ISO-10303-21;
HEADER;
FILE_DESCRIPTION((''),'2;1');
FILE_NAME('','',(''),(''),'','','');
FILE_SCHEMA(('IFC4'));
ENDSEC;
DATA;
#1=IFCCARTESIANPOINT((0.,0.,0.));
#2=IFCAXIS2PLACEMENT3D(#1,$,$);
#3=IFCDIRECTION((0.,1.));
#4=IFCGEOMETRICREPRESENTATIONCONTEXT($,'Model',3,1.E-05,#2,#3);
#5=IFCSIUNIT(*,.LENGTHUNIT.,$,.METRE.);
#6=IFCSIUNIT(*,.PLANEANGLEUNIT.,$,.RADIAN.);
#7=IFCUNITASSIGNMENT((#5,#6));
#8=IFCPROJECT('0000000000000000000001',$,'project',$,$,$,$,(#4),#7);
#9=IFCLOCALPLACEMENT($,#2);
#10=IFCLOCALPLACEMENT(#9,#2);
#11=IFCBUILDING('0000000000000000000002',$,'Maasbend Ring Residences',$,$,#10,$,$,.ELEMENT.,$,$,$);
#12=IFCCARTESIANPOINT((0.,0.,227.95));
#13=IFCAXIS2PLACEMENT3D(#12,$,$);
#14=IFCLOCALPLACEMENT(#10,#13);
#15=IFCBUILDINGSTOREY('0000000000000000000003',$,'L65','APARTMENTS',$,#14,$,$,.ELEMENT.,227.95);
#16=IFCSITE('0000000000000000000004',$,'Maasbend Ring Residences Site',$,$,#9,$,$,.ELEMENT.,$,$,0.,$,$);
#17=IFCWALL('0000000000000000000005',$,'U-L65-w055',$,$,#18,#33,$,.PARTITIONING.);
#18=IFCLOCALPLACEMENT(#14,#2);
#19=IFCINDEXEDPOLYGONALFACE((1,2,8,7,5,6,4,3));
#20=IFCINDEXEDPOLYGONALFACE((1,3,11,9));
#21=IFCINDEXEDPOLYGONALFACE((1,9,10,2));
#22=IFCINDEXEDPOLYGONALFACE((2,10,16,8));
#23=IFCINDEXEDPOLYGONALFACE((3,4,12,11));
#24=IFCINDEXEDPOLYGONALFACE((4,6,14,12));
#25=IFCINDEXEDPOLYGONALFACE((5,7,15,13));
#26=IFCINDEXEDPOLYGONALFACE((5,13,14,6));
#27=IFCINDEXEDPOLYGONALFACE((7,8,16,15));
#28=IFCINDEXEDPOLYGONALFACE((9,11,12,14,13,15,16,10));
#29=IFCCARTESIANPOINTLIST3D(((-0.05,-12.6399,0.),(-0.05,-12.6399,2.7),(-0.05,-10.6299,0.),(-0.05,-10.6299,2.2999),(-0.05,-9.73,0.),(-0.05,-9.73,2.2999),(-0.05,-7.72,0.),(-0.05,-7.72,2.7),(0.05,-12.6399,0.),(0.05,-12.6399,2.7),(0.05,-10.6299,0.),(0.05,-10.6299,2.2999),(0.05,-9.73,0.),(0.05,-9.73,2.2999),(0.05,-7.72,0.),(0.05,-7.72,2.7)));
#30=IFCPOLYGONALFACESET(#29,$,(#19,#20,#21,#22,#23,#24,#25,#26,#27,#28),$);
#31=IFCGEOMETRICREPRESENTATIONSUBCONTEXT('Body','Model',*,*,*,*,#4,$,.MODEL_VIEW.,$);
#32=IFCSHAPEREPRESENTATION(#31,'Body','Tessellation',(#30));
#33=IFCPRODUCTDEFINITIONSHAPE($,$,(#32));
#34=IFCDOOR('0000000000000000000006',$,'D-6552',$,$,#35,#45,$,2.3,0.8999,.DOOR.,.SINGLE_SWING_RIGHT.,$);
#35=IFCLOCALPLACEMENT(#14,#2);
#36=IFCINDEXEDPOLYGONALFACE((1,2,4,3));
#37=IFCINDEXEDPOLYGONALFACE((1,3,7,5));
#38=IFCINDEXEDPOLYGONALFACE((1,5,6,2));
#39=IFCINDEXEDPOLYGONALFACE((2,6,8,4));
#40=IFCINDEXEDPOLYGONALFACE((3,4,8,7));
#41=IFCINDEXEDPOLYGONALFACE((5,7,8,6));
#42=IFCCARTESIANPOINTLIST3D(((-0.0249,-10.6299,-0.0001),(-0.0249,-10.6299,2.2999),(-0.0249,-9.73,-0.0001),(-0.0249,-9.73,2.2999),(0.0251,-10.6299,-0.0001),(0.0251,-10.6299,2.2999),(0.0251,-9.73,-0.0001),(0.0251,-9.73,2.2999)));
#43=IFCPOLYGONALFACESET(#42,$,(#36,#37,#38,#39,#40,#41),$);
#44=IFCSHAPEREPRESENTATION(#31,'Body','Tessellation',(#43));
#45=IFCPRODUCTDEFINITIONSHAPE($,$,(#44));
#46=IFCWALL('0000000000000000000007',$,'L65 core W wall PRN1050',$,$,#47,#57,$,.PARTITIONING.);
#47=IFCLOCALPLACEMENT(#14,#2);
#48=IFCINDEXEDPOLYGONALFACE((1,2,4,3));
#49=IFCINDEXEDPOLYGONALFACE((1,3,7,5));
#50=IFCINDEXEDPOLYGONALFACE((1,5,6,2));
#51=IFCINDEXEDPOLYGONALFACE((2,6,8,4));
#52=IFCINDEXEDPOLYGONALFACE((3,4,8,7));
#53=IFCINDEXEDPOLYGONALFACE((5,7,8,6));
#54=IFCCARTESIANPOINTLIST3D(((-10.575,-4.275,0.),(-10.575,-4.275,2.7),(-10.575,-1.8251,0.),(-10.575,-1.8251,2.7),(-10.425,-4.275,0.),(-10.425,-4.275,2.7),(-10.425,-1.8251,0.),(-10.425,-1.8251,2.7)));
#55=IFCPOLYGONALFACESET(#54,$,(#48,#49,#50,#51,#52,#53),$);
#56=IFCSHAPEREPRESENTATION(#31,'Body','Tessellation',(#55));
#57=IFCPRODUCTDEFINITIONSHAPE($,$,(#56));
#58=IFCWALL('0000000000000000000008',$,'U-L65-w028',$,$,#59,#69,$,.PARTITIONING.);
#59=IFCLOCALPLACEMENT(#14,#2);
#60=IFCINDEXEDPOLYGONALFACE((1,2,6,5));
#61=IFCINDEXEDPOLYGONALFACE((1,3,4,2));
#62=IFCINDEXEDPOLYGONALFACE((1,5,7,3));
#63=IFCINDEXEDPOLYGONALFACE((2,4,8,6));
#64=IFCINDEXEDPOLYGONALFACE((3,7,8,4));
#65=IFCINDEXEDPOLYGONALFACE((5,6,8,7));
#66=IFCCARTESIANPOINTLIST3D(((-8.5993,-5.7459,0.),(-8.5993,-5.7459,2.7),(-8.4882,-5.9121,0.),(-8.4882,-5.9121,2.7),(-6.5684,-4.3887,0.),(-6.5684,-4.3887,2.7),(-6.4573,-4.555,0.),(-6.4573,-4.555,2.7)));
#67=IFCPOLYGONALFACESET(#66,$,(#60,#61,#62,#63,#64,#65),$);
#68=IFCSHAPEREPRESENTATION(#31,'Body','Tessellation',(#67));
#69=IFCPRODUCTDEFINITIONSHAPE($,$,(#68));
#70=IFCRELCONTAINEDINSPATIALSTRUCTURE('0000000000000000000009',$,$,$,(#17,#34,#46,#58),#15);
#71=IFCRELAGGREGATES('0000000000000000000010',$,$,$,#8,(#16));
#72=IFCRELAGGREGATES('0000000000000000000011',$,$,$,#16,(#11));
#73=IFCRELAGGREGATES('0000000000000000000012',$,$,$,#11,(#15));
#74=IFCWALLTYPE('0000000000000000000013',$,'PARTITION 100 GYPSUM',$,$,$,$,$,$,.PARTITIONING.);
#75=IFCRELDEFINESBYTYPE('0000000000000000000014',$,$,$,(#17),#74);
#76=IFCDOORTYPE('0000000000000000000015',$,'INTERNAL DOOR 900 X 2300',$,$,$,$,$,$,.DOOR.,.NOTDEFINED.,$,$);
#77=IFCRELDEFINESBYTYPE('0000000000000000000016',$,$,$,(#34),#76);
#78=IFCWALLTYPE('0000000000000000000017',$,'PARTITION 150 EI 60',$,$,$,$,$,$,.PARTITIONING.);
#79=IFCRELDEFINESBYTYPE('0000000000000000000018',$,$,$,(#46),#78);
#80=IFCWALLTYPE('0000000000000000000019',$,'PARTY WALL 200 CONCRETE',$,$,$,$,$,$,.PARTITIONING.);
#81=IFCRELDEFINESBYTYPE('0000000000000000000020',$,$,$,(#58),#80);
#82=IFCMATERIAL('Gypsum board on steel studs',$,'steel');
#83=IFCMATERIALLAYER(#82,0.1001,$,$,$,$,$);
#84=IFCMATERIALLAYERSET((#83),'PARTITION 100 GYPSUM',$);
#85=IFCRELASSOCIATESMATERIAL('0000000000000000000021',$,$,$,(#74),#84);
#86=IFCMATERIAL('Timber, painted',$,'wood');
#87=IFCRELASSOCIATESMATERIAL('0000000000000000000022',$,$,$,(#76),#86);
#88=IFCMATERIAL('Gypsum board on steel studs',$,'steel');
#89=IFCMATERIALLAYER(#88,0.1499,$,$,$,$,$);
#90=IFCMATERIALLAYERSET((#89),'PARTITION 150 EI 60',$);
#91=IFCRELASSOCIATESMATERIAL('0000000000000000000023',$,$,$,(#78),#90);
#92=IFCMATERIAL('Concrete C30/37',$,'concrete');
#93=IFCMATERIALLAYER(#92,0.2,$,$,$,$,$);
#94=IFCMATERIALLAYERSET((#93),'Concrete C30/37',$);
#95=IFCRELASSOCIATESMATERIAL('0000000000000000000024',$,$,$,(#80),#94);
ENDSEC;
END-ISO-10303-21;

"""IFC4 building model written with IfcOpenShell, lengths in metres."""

from ifc_helpers import new_model, si_unit, direction, frame, frame_2d, origin, place, context, subcontext, project, spatial, rectangle, extrude, material, layer, layer_set, type_object, element, fill, save


model = new_model("IFC4")

# Units and contexts
model_context = context("Model", 3, precision=1e-05, world=origin(), true_north=direction((0.0, 1.0)))
body_context = subcontext(model_context, "Body", "Model", "MODEL_VIEW")
ifc_project = project(units=[si_unit("LENGTHUNIT", "METRE"), si_unit("PLANEANGLEUNIT", "RADIAN")], contexts=[model_context])

# Site, building, storey
site_placement = place(None, origin())
site = spatial("IfcSite", under=ifc_project, at=site_placement, Name="Maasbend Ring Residences Site", CompositionType="ELEMENT", RefElevation=0.0)
building_placement = place(site_placement, origin())
building = spatial("IfcBuilding", under=site, at=building_placement, Name="Maasbend Ring Residences", CompositionType="ELEMENT")
storey_placement = place(building_placement, frame((0.0, 0.0, 227.95)))
storey = spatial("IfcBuildingStorey", under=building, at=storey_placement, Name="L65", Description="APARTMENTS", CompositionType="ELEMENT", Elevation=227.95)

# Shared definitions
ifc_material_1 = material(Name="Gypsum board on steel studs", Category="steel")
ifc_layer_1 = layer(ifc_material_1, 0.1001)
ifc_layer_set_1 = layer_set([ifc_layer_1], Name="PARTITION 100 GYPSUM")
wall_type_1 = type_object("IfcWallType", Name="PARTITION 100 GYPSUM", PredefinedType="PARTITIONING", material=ifc_layer_set_1)

# Wall, opening, door
wall_1_placement = place(storey_placement, frame((0.0, -12.6399, 0.0), z_axis=(0.0, 0.0, 1.0), x_axis=(0.0, 1.0, 0.0)))
wall_1 = element("IfcWall", 1, at=wall_1_placement, inside=storey, type_object=wall_type_1, Name="U-L65-w055", PredefinedType="PARTITIONING", context=body_context, shape_type="SweptSolid", body=[
    extrude(rectangle(XDim=4.9199, YDim=0.1001, at=frame_2d((2.46, 0.0))), origin(), (0.0, 0.0, 1.0), 2.7),
])
opening_1_placement = place(wall_1_placement, frame((2.01, 0.0, 0.0)))
opening_1 = element("IfcOpeningElement", 2, at=opening_1_placement, cuts=wall_1, PredefinedType="OPENING", context=body_context, shape_type="SweptSolid", body=[
    extrude(rectangle(XDim=0.8999, YDim=2.3, at=frame_2d((0.45, 1.1499))), frame((0.0, 0.0601, 0.0), z_axis=(0.0, -1.0, 0.0), x_axis=(1.0, 0.0, 0.0)), (0.0, 0.0, 1.0), 0.1201),
])
ifc_material_2 = material(Name="Timber, painted", Category="wood")
door_type_1 = type_object("IfcDoorType", Name="INTERNAL DOOR 900 X 2300", OperationType="NOTDEFINED", PredefinedType="DOOR", material=ifc_material_2)
door_1_placement = place(opening_1_placement, origin())
door_1 = element("IfcDoor", 3, at=door_1_placement, inside=storey, type_object=door_type_1, Name="D-6552", OperationType="SINGLE_SWING_RIGHT", OverallHeight=2.3, OverallWidth=0.8999, PredefinedType="DOOR", context=body_context, shape_type="SweptSolid", body=[
    extrude(rectangle(XDim=0.8999, YDim=2.3, at=frame_2d((0.45, 1.1499))), frame((0.0, 0.0249, 0.0), z_axis=(0.0, -1.0, 0.0), x_axis=(1.0, 0.0, 0.0)), (0.0, 0.0, 1.0), 0.05),
])
fill(opening_1, door_1)

# Walls
ifc_material_3 = material(Name="Gypsum board on steel studs", Category="steel")
ifc_layer_2 = layer(ifc_material_3, 0.1499)
ifc_layer_set_2 = layer_set([ifc_layer_2], Name="PARTITION 150 EI 60")
wall_type_2 = type_object("IfcWallType", Name="PARTITION 150 EI 60", PredefinedType="PARTITIONING", material=ifc_layer_set_2)
wall_2_placement = place(storey_placement, frame((-10.5, -1.825, 0.0), z_axis=(0.0, 0.0, 1.0), x_axis=(0.0, -1.0, 0.0)))
element("IfcWall", 4, at=wall_2_placement, inside=storey, type_object=wall_type_2, Name="L65 core W wall PRN1050", PredefinedType="PARTITIONING", context=body_context, shape_type="SweptSolid", body=[
    extrude(rectangle(XDim=2.45, YDim=0.1499, at=frame_2d((1.2251, 0.0))), origin(), (0.0, 0.0, 1.0), 2.7),
])
ifc_material_4 = material(Name="Concrete C30/37", Category="concrete")
ifc_layer_3 = layer(ifc_material_4, 0.2)
ifc_layer_set_3 = layer_set([ifc_layer_3], Name="Concrete C30/37")
wall_type_3 = type_object("IfcWallType", Name="PARTY WALL 200 CONCRETE", PredefinedType="PARTITIONING", material=ifc_layer_set_3)
wall_3_placement = place(storey_placement, frame((-6.5129, -4.4719, 0.0), z_axis=(0.0, 0.0, 1.0), x_axis=(-0.83145, -0.555599, 0.0)))
element("IfcWall", 5, at=wall_3_placement, inside=storey, type_object=wall_type_3, Name="U-L65-w028", PredefinedType="PARTITIONING", context=body_context, shape_type="SweptSolid", body=[
    extrude(rectangle(XDim=2.4426, YDim=0.2, at=frame_2d((1.2212, 0.0))), origin(), (0.0, 0.0, 1.0), 2.7),
])

save(model, "model.ifc")
